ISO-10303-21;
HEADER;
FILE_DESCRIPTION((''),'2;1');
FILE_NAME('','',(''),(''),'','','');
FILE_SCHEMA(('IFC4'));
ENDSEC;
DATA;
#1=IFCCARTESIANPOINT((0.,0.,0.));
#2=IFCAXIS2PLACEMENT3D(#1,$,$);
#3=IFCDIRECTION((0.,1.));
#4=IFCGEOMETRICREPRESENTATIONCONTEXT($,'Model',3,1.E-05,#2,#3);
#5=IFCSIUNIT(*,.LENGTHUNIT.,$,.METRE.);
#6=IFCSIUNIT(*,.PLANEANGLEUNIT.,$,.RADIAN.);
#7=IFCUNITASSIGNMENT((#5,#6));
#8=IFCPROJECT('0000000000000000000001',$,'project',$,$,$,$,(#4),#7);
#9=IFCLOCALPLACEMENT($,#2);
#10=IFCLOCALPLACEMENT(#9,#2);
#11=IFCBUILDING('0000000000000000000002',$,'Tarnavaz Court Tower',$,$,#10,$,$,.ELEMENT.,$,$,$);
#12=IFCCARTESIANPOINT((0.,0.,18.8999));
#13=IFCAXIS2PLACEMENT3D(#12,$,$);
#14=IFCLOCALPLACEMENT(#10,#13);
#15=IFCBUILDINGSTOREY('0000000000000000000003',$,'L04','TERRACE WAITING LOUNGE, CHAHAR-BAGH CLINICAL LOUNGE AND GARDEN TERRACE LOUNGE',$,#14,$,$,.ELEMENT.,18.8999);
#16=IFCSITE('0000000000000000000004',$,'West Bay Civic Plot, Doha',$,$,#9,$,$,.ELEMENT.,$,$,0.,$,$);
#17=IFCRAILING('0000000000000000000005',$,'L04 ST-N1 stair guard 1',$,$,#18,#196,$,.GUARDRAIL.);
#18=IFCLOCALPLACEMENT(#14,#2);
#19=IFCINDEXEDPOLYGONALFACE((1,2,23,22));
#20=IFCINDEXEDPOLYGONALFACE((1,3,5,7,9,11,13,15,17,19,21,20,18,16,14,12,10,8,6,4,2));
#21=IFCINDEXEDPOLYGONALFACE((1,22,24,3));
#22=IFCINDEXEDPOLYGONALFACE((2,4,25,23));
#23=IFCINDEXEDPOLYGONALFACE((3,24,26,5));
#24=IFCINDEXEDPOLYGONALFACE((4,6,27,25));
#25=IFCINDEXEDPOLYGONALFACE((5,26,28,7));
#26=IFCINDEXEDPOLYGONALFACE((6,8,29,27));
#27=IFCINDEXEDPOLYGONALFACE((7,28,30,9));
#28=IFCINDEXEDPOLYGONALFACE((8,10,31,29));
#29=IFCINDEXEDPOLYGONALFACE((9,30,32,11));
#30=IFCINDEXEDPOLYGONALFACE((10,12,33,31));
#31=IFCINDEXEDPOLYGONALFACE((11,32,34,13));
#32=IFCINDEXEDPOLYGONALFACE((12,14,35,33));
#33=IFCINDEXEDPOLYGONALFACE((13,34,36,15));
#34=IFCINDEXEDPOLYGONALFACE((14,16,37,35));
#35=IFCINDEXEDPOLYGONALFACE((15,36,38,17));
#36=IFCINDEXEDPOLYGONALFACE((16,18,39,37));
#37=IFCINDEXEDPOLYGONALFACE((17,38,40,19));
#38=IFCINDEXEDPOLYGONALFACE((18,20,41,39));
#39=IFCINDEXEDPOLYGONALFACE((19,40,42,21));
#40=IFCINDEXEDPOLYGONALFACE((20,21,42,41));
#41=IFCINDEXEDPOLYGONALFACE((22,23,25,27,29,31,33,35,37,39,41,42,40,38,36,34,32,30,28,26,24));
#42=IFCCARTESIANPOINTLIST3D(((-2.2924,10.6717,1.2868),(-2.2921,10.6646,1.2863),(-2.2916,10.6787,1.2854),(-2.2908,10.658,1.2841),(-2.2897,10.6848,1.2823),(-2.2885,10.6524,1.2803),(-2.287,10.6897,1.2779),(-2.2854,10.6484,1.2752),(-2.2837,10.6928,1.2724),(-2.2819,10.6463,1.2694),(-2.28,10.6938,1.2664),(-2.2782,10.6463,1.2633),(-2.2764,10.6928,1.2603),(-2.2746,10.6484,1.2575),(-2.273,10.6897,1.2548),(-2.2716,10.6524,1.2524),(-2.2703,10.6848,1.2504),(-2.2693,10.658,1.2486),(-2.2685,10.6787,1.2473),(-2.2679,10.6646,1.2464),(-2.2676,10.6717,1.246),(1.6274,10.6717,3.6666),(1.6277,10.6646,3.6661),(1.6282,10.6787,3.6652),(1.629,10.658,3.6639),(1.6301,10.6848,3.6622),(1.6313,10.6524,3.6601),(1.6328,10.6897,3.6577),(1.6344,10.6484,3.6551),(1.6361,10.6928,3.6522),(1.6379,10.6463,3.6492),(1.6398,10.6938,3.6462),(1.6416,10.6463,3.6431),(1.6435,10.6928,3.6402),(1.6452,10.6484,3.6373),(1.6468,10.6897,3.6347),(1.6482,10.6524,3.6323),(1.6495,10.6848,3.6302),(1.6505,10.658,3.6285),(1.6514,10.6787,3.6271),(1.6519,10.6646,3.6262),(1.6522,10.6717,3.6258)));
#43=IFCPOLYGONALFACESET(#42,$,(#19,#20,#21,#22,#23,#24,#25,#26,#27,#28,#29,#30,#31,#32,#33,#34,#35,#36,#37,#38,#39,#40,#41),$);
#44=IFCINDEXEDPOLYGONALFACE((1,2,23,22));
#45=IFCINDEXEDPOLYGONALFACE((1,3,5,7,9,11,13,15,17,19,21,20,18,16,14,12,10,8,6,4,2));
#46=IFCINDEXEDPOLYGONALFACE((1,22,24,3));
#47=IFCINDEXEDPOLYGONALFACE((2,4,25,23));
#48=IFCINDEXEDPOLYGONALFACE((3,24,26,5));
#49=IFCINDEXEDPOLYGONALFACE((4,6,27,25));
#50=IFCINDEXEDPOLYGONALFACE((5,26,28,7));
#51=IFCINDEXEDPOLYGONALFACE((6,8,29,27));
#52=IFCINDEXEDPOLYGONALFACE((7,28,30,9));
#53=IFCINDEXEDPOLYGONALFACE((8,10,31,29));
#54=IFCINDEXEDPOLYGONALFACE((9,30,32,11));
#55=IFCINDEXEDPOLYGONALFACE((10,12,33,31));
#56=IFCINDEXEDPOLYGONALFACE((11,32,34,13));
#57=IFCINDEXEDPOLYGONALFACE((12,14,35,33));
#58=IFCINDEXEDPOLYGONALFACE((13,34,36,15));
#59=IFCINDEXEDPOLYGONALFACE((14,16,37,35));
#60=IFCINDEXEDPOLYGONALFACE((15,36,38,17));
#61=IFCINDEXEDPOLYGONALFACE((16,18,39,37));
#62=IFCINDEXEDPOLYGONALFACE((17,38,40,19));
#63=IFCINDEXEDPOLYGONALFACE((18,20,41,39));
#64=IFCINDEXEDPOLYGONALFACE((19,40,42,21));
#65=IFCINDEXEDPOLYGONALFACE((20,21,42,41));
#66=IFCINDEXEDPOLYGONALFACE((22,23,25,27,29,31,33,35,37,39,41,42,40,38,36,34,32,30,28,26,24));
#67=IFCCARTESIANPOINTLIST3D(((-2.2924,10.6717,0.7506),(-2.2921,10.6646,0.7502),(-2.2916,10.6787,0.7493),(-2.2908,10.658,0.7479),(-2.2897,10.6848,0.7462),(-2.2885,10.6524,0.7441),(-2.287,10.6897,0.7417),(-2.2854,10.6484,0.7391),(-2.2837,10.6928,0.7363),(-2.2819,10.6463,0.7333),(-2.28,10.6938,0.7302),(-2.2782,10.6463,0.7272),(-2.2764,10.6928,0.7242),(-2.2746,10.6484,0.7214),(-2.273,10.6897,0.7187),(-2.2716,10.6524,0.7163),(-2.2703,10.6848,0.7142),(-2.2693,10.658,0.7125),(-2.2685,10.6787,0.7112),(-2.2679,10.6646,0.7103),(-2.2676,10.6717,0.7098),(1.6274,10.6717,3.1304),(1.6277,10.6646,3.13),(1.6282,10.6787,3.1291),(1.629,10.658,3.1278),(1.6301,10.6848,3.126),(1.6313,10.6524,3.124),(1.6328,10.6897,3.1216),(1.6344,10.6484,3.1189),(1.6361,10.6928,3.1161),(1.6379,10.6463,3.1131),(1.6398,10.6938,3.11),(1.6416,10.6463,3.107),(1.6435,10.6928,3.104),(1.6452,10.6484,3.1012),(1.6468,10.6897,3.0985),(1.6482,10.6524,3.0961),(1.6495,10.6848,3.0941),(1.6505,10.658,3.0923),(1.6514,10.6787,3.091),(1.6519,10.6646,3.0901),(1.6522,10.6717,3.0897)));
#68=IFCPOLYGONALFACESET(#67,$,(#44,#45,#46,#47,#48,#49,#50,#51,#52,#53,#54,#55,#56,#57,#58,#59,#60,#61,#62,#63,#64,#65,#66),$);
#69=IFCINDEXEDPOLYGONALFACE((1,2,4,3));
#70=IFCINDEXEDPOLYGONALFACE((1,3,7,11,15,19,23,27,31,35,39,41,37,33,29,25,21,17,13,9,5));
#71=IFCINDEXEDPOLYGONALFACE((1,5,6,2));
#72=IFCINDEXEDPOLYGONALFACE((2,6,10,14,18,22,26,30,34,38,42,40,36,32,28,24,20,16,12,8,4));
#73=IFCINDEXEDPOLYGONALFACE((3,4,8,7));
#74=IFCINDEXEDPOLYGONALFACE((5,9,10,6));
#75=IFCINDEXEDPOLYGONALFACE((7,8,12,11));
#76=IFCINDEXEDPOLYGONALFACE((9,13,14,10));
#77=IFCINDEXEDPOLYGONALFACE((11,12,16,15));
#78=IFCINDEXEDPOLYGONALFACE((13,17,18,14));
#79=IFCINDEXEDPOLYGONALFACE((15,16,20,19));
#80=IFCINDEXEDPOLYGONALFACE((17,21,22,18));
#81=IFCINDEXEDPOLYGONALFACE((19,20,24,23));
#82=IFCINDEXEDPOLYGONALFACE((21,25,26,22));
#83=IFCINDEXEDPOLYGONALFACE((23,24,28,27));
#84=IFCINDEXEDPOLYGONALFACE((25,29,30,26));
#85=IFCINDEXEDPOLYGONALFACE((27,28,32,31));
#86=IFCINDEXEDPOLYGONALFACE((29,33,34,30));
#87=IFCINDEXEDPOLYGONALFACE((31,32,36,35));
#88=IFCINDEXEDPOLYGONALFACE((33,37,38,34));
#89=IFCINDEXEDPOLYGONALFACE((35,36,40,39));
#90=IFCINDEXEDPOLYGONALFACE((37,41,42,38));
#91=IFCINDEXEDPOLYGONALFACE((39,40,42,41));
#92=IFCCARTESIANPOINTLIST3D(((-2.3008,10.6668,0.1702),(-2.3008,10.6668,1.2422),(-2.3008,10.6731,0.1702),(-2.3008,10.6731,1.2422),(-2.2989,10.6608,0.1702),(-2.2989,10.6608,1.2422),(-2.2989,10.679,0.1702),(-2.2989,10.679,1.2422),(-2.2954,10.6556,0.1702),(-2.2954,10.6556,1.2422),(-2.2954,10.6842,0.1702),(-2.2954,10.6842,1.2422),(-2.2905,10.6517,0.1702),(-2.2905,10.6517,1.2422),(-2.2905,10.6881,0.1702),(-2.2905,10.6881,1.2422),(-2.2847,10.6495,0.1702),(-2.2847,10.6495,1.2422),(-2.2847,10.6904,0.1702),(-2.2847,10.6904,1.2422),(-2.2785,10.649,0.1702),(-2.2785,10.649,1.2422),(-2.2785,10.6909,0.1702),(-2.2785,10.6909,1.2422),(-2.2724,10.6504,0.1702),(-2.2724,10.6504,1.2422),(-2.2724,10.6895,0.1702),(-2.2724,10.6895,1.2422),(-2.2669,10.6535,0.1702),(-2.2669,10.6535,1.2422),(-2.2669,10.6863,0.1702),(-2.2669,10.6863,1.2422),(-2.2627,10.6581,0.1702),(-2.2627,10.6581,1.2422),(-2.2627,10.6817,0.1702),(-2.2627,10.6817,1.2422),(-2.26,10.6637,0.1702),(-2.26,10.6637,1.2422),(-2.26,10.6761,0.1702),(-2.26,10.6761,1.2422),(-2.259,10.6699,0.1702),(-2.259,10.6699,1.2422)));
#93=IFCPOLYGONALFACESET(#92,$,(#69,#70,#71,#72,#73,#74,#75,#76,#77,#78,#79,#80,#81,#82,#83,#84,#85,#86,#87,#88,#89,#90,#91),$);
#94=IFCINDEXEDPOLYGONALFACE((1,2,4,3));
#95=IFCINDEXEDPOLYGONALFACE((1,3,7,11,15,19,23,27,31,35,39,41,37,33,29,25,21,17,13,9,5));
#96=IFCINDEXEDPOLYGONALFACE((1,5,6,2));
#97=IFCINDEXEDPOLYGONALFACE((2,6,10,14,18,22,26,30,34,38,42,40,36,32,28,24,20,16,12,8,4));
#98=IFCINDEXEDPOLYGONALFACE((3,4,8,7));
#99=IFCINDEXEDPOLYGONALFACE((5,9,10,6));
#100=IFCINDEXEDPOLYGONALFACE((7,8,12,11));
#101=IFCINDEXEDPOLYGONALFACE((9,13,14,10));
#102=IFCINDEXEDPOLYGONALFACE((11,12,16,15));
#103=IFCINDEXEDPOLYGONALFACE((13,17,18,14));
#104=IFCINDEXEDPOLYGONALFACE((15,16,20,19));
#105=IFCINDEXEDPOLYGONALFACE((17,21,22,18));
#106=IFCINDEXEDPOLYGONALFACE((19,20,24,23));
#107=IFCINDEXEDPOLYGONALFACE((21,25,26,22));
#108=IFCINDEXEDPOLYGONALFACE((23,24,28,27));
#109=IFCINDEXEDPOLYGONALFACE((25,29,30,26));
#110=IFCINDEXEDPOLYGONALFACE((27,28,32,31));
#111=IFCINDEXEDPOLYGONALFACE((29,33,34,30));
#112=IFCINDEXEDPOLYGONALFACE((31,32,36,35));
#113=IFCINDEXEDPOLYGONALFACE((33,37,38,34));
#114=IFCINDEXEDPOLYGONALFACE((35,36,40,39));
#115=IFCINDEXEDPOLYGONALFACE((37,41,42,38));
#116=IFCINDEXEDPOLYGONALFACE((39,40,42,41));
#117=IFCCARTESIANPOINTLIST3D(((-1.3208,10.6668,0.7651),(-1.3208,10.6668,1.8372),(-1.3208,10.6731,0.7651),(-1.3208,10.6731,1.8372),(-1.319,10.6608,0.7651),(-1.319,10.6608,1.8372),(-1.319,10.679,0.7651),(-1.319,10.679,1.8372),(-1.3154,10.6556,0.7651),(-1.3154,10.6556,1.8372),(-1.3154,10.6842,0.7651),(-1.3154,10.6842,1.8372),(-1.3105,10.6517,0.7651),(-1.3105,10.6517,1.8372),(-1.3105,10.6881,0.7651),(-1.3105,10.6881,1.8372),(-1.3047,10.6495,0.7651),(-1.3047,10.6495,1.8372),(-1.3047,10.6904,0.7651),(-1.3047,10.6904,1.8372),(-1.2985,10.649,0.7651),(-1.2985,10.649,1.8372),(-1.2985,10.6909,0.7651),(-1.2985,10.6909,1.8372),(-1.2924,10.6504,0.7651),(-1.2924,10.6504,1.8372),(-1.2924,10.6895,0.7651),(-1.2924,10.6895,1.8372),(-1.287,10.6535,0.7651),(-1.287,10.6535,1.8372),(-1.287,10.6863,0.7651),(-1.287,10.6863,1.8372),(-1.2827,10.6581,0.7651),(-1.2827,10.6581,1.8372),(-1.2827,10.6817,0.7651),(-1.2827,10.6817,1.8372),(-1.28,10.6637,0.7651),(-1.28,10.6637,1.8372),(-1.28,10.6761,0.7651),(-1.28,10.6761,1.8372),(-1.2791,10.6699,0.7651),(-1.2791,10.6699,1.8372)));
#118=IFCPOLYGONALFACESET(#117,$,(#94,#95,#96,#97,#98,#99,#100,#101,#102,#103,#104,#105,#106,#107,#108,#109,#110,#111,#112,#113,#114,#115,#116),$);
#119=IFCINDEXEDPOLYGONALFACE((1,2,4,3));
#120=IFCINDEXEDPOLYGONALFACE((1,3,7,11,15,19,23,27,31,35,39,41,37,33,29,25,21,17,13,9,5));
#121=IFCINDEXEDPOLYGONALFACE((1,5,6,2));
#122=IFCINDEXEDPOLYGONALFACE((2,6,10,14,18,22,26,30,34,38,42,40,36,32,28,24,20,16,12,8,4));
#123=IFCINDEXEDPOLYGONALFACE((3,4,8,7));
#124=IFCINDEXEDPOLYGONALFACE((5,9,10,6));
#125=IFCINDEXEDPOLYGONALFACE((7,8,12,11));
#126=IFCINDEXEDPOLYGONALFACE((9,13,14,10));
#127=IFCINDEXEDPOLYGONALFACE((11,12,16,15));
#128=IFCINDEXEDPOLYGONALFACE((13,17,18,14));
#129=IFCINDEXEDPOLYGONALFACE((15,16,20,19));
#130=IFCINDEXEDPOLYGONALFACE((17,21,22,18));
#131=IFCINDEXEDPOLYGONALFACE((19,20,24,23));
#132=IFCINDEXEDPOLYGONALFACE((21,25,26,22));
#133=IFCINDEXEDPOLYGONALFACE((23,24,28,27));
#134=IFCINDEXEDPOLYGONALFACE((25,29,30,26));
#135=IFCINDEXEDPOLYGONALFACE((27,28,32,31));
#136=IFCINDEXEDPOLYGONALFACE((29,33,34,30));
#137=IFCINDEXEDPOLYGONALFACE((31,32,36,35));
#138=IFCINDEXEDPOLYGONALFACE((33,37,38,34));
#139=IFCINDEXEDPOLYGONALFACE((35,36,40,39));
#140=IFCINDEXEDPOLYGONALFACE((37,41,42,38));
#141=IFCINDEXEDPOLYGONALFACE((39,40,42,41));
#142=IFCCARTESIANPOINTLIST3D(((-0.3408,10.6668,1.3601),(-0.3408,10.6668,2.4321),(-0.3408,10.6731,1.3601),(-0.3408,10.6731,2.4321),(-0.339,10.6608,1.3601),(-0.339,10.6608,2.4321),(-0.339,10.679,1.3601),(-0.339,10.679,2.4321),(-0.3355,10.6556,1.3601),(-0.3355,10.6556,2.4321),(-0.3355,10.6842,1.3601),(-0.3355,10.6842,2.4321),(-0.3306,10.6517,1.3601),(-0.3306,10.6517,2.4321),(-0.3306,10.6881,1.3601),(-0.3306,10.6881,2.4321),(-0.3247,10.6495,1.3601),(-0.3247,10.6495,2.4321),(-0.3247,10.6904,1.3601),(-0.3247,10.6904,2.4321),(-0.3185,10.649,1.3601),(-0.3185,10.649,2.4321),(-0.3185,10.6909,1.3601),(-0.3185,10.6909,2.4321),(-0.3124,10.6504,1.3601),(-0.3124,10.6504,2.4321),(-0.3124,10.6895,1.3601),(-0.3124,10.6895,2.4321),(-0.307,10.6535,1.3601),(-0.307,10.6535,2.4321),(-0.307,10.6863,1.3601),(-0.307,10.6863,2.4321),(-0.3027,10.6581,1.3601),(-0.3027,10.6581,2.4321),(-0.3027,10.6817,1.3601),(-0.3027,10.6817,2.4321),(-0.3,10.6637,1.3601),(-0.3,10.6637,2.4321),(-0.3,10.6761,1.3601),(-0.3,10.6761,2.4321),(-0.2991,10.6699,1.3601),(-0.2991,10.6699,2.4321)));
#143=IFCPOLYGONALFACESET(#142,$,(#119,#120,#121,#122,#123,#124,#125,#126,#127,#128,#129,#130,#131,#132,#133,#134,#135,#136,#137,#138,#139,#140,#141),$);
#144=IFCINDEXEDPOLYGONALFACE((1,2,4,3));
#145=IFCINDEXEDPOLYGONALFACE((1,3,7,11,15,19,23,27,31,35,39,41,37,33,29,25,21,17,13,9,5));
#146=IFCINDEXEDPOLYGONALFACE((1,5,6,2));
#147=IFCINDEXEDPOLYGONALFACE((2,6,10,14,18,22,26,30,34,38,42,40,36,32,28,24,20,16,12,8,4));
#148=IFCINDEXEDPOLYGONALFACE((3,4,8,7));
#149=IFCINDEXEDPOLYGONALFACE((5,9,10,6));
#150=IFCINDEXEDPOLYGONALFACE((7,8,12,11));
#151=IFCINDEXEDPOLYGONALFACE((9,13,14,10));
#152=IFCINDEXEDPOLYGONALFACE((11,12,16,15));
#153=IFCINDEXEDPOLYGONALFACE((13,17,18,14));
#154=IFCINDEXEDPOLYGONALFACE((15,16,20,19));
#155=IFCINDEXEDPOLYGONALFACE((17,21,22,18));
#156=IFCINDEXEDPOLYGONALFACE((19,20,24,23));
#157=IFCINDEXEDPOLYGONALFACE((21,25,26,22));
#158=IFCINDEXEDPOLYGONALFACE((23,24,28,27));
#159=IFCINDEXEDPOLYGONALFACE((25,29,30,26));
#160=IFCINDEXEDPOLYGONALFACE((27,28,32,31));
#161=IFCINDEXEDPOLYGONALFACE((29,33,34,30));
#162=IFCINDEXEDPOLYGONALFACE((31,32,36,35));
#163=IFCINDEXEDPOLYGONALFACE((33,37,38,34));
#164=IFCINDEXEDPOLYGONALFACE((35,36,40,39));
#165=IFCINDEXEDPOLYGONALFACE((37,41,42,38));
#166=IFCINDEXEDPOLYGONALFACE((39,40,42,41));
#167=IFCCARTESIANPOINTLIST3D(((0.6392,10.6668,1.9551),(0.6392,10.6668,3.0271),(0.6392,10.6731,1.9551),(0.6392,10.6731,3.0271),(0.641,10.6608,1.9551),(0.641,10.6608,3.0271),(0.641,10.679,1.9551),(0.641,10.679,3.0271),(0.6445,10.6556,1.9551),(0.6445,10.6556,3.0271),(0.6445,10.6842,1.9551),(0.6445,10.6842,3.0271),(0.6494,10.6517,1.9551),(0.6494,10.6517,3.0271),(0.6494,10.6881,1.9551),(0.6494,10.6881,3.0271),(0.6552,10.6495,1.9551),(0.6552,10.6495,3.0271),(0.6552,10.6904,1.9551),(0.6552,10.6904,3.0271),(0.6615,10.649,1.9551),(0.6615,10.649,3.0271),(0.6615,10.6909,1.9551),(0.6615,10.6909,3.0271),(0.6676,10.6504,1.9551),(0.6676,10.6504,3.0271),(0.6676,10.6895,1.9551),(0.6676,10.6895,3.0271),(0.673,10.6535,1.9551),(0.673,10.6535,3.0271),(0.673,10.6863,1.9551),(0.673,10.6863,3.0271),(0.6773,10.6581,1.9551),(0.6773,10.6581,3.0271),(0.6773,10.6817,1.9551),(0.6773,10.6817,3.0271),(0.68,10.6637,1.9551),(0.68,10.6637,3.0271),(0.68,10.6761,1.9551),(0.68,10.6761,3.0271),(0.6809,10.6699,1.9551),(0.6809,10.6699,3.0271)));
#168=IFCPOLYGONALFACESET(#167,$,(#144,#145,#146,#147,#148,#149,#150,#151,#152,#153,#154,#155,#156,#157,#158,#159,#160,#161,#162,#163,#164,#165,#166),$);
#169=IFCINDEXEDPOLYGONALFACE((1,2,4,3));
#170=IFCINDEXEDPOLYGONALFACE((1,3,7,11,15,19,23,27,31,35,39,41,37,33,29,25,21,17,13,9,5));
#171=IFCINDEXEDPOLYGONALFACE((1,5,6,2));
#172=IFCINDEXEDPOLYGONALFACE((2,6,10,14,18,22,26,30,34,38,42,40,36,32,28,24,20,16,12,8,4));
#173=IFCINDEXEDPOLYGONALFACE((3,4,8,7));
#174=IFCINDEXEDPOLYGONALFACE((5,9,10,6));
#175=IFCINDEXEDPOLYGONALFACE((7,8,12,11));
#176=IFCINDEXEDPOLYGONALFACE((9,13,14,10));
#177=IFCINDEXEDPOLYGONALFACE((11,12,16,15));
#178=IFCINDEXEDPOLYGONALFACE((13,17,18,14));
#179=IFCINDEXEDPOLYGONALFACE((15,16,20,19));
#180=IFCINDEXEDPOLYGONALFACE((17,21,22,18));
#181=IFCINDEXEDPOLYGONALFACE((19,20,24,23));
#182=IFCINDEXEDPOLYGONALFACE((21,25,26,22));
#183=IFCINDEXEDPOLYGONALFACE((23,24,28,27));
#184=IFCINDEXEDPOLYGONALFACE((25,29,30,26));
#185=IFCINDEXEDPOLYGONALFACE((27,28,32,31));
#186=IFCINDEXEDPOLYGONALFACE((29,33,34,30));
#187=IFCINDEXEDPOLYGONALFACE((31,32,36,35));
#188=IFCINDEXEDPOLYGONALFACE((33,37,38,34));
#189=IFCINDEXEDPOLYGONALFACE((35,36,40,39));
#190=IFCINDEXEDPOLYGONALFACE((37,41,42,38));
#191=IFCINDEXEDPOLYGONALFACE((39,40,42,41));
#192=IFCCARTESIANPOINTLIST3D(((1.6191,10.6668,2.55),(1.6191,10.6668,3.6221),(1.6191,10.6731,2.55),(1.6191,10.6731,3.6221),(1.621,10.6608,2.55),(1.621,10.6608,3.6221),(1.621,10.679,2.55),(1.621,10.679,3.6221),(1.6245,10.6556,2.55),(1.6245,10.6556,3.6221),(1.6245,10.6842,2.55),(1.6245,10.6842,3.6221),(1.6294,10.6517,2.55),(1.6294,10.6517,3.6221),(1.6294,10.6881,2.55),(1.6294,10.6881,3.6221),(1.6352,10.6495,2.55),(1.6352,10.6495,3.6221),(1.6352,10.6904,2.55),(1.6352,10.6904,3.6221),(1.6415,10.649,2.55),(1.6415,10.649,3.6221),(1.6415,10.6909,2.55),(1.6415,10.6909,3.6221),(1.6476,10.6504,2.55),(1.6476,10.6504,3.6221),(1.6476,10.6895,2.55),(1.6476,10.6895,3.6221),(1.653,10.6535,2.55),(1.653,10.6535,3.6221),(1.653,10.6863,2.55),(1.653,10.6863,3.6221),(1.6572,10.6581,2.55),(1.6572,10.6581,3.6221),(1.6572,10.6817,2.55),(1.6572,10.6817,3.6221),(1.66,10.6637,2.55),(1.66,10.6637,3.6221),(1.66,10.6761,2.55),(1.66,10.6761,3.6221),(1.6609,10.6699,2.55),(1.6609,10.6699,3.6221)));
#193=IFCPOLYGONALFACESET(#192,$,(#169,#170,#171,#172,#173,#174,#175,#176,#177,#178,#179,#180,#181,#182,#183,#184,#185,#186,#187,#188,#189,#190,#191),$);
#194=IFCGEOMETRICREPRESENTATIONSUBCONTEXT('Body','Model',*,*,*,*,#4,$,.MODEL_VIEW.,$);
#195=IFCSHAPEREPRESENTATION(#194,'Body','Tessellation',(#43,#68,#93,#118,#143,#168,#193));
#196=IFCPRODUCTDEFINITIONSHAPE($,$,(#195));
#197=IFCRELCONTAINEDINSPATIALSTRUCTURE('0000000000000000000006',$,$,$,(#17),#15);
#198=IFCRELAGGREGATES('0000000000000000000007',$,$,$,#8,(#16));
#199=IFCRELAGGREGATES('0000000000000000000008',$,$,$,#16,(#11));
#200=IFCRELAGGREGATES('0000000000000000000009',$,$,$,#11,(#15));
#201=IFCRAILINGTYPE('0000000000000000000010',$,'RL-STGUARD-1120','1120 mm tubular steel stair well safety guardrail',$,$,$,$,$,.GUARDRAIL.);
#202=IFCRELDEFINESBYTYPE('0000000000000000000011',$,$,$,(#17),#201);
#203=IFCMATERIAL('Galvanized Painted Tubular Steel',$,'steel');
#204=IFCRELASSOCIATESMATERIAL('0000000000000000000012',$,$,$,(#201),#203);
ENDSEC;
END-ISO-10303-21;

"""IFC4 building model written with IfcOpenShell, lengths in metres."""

from ifc_helpers import new_model, si_unit, direction, frame, origin, origin_2d, place, context, subcontext, project, spatial, circle, extrude, material, type_object, element, save


model = new_model("IFC4")

# Units and contexts
model_context = context("Model", 3, precision=1e-05, world=origin(), true_north=direction((0.0, 1.0)))
body_context = subcontext(model_context, "Body", "Model", "MODEL_VIEW")
ifc_project = project(units=[si_unit("LENGTHUNIT", "METRE"), si_unit("PLANEANGLEUNIT", "RADIAN")], contexts=[model_context])

# Site, building, storey
site_placement = place(None, origin())
site = spatial("IfcSite", under=ifc_project, at=site_placement, Name="West Bay Civic Plot, Doha", CompositionType="ELEMENT", RefElevation=0.0)
building_placement = place(site_placement, origin())
building = spatial("IfcBuilding", under=site, at=building_placement, Name="Tarnavaz Court Tower", CompositionType="ELEMENT")
storey_placement = place(building_placement, frame((0.0, 0.0, 18.8999)))
storey = spatial("IfcBuildingStorey", under=building, at=storey_placement, Name="L04", Description="TERRACE WAITING LOUNGE, CHAHAR-BAGH CLINICAL LOUNGE AND GARDEN TERRACE LOUNGE", CompositionType="ELEMENT", Elevation=18.8999)

# Railing
ifc_material_1 = material(Name="Galvanized Painted Tubular Steel", Category="steel")
railing_type_1 = type_object("IfcRailingType", Name="RL-STGUARD-1120", Description="1120 mm tubular steel stair well safety guardrail", PredefinedType="GUARDRAIL", material=ifc_material_1)
railing_1_placement = place(storey_placement, frame((-2.28, 10.6699, 0.1702)))
element("IfcRailing", 1, at=railing_1_placement, inside=storey, type_object=railing_type_1, Name="L04 ST-N1 stair guard 1", PredefinedType="GUARDRAIL", context=body_context, shape_type="SweptSolid", body=[
    extrude(circle(Radius=0.0239, at=origin_2d()), frame((0.0, 0.0, 1.0962), z_axis=(0.854794, 0.0, 0.518967), x_axis=(0.0, 1.0, 0.0)), (0.0, 0.0, 1.0), 4.5857),
    extrude(circle(Radius=0.0239, at=origin_2d()), frame((0.0, 0.0, 0.5601), z_axis=(0.854794, 0.0, 0.518967), x_axis=(0.0, 1.0, 0.0)), (0.0, 0.0, 1.0), 4.5857),
    extrude(circle(Radius=0.021, at=origin_2d()), origin(), (0.0, 0.0, 1.0), 1.072),
    extrude(circle(Radius=0.021, at=origin_2d()), frame((0.98, 0.0, 0.595)), (0.0, 0.0, 1.0), 1.072),
    extrude(circle(Radius=0.021, at=origin_2d()), frame((1.96, 0.0, 1.1899)), (0.0, 0.0, 1.0), 1.072),
    extrude(circle(Radius=0.021, at=origin_2d()), frame((2.9399, 0.0, 1.7849)), (0.0, 0.0, 1.0), 1.072),
    extrude(circle(Radius=0.021, at=origin_2d()), frame((3.9199, 0.0, 2.3799)), (0.0, 0.0, 1.0), 1.072),
])

save(model, "model.ifc")
